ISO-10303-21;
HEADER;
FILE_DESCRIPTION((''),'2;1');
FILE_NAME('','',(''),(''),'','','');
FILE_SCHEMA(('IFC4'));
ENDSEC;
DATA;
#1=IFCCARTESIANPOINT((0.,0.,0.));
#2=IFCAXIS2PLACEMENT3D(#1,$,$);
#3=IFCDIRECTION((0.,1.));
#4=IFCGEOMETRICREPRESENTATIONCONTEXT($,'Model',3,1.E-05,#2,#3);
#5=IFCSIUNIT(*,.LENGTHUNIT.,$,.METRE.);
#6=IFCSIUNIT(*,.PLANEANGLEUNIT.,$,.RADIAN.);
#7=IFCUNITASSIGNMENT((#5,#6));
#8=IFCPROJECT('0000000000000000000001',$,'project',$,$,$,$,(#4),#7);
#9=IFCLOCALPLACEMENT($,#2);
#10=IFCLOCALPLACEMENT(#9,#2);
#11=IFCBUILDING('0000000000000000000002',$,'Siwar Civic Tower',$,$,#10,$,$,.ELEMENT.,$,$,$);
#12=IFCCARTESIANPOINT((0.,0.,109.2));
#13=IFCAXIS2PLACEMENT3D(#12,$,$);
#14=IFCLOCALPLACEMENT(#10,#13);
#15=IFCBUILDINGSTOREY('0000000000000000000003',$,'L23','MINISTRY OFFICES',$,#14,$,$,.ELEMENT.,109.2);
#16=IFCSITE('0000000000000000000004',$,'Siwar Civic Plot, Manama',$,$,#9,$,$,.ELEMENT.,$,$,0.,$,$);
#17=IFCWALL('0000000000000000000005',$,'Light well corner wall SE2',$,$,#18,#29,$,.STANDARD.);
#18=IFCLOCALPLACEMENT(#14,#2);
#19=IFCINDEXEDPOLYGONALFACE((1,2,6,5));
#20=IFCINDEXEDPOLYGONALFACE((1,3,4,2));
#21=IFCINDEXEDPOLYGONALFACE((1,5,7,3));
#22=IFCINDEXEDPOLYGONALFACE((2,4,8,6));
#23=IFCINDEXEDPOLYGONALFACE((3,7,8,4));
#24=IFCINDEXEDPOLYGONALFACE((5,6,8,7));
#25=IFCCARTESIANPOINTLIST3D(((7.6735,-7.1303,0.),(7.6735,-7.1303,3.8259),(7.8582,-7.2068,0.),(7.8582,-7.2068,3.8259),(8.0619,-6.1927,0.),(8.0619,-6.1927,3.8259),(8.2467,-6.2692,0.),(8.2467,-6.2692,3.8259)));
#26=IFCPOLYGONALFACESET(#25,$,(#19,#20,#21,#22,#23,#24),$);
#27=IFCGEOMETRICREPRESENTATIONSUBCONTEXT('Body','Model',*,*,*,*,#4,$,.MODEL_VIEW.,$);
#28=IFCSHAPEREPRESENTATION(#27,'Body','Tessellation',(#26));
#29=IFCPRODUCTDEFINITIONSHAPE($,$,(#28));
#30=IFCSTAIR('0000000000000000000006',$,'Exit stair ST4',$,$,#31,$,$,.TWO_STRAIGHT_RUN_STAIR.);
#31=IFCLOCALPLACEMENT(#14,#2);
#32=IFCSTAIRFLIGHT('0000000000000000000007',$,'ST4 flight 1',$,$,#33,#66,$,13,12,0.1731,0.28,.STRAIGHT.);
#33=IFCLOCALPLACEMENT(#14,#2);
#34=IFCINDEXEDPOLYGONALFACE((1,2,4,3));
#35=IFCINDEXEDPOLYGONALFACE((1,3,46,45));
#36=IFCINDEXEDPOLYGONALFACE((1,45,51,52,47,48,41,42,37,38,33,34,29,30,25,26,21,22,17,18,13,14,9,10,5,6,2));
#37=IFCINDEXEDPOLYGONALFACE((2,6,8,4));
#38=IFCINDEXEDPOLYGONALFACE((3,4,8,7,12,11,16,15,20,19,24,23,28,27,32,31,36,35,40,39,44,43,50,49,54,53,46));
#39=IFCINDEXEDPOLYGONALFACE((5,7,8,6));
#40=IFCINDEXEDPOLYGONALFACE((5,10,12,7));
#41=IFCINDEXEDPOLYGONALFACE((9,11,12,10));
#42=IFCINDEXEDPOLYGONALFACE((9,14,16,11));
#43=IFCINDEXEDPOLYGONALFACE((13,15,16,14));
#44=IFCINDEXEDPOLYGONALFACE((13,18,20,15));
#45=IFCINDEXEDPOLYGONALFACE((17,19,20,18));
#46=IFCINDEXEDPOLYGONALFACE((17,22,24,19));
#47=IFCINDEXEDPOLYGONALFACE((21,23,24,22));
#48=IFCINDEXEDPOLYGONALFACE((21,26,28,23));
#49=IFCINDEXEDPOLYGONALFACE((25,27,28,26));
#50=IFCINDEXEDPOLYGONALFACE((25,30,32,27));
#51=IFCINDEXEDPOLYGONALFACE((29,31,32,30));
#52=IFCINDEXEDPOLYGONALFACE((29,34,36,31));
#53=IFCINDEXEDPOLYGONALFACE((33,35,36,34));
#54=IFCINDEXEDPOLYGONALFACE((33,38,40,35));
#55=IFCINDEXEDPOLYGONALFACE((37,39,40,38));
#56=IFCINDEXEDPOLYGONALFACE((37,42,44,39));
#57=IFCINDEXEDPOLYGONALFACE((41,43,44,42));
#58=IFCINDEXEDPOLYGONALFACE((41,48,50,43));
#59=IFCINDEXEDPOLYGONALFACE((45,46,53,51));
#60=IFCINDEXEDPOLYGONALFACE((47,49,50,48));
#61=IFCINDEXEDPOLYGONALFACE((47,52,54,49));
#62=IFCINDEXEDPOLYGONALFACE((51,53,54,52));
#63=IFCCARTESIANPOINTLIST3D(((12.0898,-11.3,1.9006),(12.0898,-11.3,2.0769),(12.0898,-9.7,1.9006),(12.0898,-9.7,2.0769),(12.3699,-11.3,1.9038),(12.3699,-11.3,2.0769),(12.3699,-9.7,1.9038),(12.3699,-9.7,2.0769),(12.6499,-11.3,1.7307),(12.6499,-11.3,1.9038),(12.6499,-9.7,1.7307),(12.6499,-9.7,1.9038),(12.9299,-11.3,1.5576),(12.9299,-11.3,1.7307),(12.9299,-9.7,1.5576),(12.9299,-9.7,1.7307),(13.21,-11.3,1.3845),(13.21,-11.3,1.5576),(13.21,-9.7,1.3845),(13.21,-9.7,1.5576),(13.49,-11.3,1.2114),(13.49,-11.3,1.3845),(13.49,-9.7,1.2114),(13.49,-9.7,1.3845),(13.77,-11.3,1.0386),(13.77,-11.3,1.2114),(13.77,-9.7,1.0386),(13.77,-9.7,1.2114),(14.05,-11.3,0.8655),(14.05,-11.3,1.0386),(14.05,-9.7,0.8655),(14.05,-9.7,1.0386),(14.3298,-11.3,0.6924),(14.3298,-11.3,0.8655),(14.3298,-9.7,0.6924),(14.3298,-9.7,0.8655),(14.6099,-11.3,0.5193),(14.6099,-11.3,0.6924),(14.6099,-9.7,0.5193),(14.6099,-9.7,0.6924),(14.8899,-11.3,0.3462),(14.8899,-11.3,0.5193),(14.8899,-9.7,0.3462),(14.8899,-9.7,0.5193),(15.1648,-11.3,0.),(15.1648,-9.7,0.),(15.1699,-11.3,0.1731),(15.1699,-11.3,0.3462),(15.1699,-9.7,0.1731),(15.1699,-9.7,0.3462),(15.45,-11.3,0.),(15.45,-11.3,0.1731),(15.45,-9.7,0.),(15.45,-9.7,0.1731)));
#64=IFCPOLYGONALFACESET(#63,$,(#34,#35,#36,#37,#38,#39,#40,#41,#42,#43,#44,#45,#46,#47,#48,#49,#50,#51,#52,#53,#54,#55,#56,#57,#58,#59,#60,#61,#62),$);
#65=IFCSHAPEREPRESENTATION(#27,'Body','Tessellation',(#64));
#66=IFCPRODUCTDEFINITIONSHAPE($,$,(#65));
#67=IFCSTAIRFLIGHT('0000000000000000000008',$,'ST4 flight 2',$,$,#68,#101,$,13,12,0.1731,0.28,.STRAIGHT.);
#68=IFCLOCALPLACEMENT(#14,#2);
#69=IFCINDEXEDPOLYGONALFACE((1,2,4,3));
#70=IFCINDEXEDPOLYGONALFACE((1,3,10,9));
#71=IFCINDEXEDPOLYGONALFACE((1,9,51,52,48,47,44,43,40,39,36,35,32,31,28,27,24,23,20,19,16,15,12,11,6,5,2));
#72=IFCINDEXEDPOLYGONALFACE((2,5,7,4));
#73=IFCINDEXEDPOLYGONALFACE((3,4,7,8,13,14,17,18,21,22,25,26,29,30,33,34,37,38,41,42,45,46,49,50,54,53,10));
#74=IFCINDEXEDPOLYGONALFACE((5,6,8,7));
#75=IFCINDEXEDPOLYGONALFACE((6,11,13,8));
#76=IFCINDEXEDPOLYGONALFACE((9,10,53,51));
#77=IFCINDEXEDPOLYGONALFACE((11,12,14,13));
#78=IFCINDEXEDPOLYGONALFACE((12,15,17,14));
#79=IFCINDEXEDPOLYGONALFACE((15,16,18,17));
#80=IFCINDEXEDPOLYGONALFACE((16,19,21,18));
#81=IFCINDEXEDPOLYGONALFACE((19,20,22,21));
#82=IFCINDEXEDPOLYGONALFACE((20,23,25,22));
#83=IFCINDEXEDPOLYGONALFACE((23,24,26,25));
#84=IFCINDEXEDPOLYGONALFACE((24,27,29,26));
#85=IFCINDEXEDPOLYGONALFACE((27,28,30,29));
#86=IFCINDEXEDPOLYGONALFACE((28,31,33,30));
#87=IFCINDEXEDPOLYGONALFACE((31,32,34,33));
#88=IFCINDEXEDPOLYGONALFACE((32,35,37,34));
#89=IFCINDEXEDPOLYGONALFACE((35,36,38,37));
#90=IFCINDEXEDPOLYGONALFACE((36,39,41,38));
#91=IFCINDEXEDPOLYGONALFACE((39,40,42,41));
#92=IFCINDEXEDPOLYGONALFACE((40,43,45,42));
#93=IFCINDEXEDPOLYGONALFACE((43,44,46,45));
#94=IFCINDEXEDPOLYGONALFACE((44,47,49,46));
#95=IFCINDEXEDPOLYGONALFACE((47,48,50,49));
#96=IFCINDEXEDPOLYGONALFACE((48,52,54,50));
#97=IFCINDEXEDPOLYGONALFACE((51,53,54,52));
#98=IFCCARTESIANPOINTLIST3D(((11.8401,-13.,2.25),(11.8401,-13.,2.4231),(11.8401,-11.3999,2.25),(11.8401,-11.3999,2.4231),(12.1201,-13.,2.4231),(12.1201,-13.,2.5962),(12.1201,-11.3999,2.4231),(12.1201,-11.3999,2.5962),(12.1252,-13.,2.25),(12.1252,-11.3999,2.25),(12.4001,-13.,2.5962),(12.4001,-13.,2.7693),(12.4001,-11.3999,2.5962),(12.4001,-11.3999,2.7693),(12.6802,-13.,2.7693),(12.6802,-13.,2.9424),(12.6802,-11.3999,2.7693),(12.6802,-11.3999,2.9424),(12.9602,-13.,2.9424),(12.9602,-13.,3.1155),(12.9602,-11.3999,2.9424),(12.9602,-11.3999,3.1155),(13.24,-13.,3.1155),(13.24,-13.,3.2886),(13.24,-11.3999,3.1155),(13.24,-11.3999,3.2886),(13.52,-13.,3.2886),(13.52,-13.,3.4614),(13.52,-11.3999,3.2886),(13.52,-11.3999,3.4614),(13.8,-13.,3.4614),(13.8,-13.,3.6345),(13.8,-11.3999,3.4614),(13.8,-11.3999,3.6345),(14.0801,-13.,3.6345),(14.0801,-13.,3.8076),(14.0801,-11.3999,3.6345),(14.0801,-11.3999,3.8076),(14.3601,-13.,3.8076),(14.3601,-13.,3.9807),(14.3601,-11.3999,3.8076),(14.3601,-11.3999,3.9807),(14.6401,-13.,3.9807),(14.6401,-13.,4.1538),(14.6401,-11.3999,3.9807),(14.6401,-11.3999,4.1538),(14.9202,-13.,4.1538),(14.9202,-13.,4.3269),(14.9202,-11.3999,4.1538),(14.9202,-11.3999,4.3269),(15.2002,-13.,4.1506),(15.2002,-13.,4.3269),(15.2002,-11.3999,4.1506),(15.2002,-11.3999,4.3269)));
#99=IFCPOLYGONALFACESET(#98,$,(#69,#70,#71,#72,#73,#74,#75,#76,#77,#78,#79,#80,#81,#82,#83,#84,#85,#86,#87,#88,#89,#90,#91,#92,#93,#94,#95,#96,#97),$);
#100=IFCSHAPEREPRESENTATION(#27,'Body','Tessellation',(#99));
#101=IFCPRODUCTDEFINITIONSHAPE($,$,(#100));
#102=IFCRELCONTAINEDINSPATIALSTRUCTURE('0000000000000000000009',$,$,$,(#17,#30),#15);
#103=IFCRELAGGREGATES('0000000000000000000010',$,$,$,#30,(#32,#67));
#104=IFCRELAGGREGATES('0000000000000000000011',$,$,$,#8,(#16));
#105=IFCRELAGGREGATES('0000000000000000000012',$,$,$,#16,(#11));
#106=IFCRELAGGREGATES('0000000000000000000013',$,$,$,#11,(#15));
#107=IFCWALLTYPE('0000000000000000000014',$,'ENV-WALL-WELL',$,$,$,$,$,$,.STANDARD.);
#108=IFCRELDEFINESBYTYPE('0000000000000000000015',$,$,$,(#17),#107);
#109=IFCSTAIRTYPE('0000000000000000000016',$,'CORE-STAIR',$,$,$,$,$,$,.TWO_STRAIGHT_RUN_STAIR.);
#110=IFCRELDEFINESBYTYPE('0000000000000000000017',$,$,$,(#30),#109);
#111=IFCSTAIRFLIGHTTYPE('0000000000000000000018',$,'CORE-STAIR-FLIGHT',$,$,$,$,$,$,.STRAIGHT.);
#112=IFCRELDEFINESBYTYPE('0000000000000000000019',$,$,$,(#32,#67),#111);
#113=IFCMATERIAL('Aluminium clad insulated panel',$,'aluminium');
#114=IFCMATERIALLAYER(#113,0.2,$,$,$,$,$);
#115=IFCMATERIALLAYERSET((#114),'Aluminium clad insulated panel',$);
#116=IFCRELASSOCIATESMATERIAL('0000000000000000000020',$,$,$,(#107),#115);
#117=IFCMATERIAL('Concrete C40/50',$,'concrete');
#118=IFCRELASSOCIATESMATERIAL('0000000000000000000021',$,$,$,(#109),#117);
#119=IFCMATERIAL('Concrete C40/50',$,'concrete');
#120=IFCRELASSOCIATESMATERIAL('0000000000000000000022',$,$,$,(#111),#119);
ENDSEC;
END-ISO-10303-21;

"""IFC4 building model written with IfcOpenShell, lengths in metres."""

from ifc_helpers import new_model, si_unit, direction, frame, frame_2d, origin, place, context, subcontext, project, spatial, polyline, rectangle, outline, extrude, material, layer, layer_set, type_object, element, aggregate, save


model = new_model("IFC4")

# Units and contexts
model_context = context("Model", 3, precision=1e-05, world=origin(), true_north=direction((0.0, 1.0)))
body_context = subcontext(model_context, "Body", "Model", "MODEL_VIEW")
ifc_project = project(units=[si_unit("LENGTHUNIT", "METRE"), si_unit("PLANEANGLEUNIT", "RADIAN")], contexts=[model_context])

# Site, building, storey
site_placement = place(None, origin())
site = spatial("IfcSite", under=ifc_project, at=site_placement, Name="Siwar Civic Plot, Manama", CompositionType="ELEMENT", RefElevation=0.0)
building_placement = place(site_placement, origin())
building = spatial("IfcBuilding", under=site, at=building_placement, Name="Siwar Civic Tower", CompositionType="ELEMENT")
storey_placement = place(building_placement, frame((0.0, 0.0, 109.2)))
storey = spatial("IfcBuildingStorey", under=building, at=storey_placement, Name="L23", Description="MINISTRY OFFICES", CompositionType="ELEMENT", Elevation=109.2)

# Wall
ifc_material_1 = material(Name="Aluminium clad insulated panel", Category="aluminium")
ifc_layer_1 = layer(ifc_material_1, 0.2)
ifc_layer_set_1 = layer_set([ifc_layer_1], Name="Aluminium clad insulated panel")
wall_type_1 = type_object("IfcWallType", Name="ENV-WALL-WELL", PredefinedType="STANDARD", material=ifc_layer_set_1)
wall_1_placement = place(storey_placement, frame((7.7659, -7.1685, 0.0), z_axis=(0.0, 0.0, 1.0), x_axis=(0.38277, 0.923844, 0.0)))
element("IfcWall", 1, at=wall_1_placement, inside=storey, type_object=wall_type_1, Name="Light well corner wall SE2", PredefinedType="STANDARD", context=body_context, shape_type="SweptSolid", body=[
    extrude(rectangle(XDim=1.0149, YDim=0.2, at=frame_2d((0.5073, 0.0))), origin(), (0.0, 0.0, 1.0), 3.8259),
])

# Stair, stair flights
ifc_material_2 = material(Name="Concrete C40/50", Category="concrete")
stair_type = type_object("IfcStairType", Name="CORE-STAIR", PredefinedType="TWO_STRAIGHT_RUN_STAIR", material=ifc_material_2)
stair_placement = place(storey_placement, origin())
stair = element("IfcStair", 2, at=stair_placement, inside=storey, type_object=stair_type, Name="Exit stair ST4", PredefinedType="TWO_STRAIGHT_RUN_STAIR")
ifc_material_3 = material(Name="Concrete C40/50", Category="concrete")
stair_flight_type = type_object("IfcStairFlightType", Name="CORE-STAIR-FLIGHT", PredefinedType="STRAIGHT", material=ifc_material_3)
stair_flight_1_placement = place(storey_placement, frame((15.45, -10.5, 0.0), z_axis=(0.0, 0.0, 1.0), x_axis=(-1.0, 0.0, 0.0)))
stair_flight_1 = element("IfcStairFlight", 3, at=stair_flight_1_placement, type_object=stair_flight_type, Name="ST4 flight 1", NumberOfRisers=13, NumberOfTreads=12, PredefinedType="STRAIGHT", RiserHeight=0.1731, TreadLength=0.28, context=body_context, shape_type="SweptSolid", body=[
    extrude(outline(polyline([(0.0, 0.0), (0.0, 0.1731), (0.28, 0.1731), (0.28, 0.3462), (0.5601, 0.3462), (0.5601, 0.5193), (0.8401, 0.5193), (0.8401, 0.6924), (1.1201, 0.6924), (1.1201, 0.8655), (1.3999, 0.8655), (1.3999, 1.0386), (1.6799, 1.0386), (1.6799, 1.2114), (1.96, 1.2114), (1.96, 1.3845), (2.24, 1.3845), (2.24, 1.5576), (2.52, 1.5576), (2.52, 1.7307), (2.8, 1.7307), (2.8, 1.9038), (3.0801, 1.9038), (3.0801, 2.0769), (3.3601, 2.0769), (3.3601, 2.25), (3.3601, 1.9006), (0.2852, 0.0), (0.0, 0.0)])), frame((0.0, 0.8, 0.0), z_axis=(0.0, -1.0, 0.0), x_axis=(1.0, 0.0, 0.0)), (0.0, 0.0, 1.0), 1.6001),
])
stair_flight_2_placement = place(storey_placement, frame((11.8401, -12.2, 2.25), z_axis=(0.0, 0.0, 1.0), x_axis=(1.0, 0.0, 0.0)))
stair_flight_2 = element("IfcStairFlight", 4, at=stair_flight_2_placement, type_object=stair_flight_type, Name="ST4 flight 2", NumberOfRisers=13, NumberOfTreads=12, PredefinedType="STRAIGHT", RiserHeight=0.1731, TreadLength=0.28, context=body_context, shape_type="SweptSolid", body=[
    extrude(outline(polyline([(0.0, 0.0), (0.0, 0.1731), (0.28, 0.1731), (0.28, 0.3462), (0.5601, 0.3462), (0.5601, 0.5193), (0.8401, 0.5193), (0.8401, 0.6924), (1.1201, 0.6924), (1.1201, 0.8655), (1.3999, 0.8655), (1.3999, 1.0386), (1.6799, 1.0386), (1.6799, 1.2114), (1.96, 1.2114), (1.96, 1.3845), (2.24, 1.3845), (2.24, 1.5576), (2.52, 1.5576), (2.52, 1.7307), (2.8, 1.7307), (2.8, 1.9038), (3.0801, 1.9038), (3.0801, 2.0769), (3.3601, 2.0769), (3.3601, 2.25), (3.3601, 1.9006), (0.2852, 0.0), (0.0, 0.0)])), frame((0.0, 0.8, 0.0), z_axis=(0.0, -1.0, 0.0), x_axis=(1.0, 0.0, 0.0)), (0.0, 0.0, 1.0), 1.6001),
])
aggregate(stair, [stair_flight_1, stair_flight_2])

save(model, "model.ifc")
